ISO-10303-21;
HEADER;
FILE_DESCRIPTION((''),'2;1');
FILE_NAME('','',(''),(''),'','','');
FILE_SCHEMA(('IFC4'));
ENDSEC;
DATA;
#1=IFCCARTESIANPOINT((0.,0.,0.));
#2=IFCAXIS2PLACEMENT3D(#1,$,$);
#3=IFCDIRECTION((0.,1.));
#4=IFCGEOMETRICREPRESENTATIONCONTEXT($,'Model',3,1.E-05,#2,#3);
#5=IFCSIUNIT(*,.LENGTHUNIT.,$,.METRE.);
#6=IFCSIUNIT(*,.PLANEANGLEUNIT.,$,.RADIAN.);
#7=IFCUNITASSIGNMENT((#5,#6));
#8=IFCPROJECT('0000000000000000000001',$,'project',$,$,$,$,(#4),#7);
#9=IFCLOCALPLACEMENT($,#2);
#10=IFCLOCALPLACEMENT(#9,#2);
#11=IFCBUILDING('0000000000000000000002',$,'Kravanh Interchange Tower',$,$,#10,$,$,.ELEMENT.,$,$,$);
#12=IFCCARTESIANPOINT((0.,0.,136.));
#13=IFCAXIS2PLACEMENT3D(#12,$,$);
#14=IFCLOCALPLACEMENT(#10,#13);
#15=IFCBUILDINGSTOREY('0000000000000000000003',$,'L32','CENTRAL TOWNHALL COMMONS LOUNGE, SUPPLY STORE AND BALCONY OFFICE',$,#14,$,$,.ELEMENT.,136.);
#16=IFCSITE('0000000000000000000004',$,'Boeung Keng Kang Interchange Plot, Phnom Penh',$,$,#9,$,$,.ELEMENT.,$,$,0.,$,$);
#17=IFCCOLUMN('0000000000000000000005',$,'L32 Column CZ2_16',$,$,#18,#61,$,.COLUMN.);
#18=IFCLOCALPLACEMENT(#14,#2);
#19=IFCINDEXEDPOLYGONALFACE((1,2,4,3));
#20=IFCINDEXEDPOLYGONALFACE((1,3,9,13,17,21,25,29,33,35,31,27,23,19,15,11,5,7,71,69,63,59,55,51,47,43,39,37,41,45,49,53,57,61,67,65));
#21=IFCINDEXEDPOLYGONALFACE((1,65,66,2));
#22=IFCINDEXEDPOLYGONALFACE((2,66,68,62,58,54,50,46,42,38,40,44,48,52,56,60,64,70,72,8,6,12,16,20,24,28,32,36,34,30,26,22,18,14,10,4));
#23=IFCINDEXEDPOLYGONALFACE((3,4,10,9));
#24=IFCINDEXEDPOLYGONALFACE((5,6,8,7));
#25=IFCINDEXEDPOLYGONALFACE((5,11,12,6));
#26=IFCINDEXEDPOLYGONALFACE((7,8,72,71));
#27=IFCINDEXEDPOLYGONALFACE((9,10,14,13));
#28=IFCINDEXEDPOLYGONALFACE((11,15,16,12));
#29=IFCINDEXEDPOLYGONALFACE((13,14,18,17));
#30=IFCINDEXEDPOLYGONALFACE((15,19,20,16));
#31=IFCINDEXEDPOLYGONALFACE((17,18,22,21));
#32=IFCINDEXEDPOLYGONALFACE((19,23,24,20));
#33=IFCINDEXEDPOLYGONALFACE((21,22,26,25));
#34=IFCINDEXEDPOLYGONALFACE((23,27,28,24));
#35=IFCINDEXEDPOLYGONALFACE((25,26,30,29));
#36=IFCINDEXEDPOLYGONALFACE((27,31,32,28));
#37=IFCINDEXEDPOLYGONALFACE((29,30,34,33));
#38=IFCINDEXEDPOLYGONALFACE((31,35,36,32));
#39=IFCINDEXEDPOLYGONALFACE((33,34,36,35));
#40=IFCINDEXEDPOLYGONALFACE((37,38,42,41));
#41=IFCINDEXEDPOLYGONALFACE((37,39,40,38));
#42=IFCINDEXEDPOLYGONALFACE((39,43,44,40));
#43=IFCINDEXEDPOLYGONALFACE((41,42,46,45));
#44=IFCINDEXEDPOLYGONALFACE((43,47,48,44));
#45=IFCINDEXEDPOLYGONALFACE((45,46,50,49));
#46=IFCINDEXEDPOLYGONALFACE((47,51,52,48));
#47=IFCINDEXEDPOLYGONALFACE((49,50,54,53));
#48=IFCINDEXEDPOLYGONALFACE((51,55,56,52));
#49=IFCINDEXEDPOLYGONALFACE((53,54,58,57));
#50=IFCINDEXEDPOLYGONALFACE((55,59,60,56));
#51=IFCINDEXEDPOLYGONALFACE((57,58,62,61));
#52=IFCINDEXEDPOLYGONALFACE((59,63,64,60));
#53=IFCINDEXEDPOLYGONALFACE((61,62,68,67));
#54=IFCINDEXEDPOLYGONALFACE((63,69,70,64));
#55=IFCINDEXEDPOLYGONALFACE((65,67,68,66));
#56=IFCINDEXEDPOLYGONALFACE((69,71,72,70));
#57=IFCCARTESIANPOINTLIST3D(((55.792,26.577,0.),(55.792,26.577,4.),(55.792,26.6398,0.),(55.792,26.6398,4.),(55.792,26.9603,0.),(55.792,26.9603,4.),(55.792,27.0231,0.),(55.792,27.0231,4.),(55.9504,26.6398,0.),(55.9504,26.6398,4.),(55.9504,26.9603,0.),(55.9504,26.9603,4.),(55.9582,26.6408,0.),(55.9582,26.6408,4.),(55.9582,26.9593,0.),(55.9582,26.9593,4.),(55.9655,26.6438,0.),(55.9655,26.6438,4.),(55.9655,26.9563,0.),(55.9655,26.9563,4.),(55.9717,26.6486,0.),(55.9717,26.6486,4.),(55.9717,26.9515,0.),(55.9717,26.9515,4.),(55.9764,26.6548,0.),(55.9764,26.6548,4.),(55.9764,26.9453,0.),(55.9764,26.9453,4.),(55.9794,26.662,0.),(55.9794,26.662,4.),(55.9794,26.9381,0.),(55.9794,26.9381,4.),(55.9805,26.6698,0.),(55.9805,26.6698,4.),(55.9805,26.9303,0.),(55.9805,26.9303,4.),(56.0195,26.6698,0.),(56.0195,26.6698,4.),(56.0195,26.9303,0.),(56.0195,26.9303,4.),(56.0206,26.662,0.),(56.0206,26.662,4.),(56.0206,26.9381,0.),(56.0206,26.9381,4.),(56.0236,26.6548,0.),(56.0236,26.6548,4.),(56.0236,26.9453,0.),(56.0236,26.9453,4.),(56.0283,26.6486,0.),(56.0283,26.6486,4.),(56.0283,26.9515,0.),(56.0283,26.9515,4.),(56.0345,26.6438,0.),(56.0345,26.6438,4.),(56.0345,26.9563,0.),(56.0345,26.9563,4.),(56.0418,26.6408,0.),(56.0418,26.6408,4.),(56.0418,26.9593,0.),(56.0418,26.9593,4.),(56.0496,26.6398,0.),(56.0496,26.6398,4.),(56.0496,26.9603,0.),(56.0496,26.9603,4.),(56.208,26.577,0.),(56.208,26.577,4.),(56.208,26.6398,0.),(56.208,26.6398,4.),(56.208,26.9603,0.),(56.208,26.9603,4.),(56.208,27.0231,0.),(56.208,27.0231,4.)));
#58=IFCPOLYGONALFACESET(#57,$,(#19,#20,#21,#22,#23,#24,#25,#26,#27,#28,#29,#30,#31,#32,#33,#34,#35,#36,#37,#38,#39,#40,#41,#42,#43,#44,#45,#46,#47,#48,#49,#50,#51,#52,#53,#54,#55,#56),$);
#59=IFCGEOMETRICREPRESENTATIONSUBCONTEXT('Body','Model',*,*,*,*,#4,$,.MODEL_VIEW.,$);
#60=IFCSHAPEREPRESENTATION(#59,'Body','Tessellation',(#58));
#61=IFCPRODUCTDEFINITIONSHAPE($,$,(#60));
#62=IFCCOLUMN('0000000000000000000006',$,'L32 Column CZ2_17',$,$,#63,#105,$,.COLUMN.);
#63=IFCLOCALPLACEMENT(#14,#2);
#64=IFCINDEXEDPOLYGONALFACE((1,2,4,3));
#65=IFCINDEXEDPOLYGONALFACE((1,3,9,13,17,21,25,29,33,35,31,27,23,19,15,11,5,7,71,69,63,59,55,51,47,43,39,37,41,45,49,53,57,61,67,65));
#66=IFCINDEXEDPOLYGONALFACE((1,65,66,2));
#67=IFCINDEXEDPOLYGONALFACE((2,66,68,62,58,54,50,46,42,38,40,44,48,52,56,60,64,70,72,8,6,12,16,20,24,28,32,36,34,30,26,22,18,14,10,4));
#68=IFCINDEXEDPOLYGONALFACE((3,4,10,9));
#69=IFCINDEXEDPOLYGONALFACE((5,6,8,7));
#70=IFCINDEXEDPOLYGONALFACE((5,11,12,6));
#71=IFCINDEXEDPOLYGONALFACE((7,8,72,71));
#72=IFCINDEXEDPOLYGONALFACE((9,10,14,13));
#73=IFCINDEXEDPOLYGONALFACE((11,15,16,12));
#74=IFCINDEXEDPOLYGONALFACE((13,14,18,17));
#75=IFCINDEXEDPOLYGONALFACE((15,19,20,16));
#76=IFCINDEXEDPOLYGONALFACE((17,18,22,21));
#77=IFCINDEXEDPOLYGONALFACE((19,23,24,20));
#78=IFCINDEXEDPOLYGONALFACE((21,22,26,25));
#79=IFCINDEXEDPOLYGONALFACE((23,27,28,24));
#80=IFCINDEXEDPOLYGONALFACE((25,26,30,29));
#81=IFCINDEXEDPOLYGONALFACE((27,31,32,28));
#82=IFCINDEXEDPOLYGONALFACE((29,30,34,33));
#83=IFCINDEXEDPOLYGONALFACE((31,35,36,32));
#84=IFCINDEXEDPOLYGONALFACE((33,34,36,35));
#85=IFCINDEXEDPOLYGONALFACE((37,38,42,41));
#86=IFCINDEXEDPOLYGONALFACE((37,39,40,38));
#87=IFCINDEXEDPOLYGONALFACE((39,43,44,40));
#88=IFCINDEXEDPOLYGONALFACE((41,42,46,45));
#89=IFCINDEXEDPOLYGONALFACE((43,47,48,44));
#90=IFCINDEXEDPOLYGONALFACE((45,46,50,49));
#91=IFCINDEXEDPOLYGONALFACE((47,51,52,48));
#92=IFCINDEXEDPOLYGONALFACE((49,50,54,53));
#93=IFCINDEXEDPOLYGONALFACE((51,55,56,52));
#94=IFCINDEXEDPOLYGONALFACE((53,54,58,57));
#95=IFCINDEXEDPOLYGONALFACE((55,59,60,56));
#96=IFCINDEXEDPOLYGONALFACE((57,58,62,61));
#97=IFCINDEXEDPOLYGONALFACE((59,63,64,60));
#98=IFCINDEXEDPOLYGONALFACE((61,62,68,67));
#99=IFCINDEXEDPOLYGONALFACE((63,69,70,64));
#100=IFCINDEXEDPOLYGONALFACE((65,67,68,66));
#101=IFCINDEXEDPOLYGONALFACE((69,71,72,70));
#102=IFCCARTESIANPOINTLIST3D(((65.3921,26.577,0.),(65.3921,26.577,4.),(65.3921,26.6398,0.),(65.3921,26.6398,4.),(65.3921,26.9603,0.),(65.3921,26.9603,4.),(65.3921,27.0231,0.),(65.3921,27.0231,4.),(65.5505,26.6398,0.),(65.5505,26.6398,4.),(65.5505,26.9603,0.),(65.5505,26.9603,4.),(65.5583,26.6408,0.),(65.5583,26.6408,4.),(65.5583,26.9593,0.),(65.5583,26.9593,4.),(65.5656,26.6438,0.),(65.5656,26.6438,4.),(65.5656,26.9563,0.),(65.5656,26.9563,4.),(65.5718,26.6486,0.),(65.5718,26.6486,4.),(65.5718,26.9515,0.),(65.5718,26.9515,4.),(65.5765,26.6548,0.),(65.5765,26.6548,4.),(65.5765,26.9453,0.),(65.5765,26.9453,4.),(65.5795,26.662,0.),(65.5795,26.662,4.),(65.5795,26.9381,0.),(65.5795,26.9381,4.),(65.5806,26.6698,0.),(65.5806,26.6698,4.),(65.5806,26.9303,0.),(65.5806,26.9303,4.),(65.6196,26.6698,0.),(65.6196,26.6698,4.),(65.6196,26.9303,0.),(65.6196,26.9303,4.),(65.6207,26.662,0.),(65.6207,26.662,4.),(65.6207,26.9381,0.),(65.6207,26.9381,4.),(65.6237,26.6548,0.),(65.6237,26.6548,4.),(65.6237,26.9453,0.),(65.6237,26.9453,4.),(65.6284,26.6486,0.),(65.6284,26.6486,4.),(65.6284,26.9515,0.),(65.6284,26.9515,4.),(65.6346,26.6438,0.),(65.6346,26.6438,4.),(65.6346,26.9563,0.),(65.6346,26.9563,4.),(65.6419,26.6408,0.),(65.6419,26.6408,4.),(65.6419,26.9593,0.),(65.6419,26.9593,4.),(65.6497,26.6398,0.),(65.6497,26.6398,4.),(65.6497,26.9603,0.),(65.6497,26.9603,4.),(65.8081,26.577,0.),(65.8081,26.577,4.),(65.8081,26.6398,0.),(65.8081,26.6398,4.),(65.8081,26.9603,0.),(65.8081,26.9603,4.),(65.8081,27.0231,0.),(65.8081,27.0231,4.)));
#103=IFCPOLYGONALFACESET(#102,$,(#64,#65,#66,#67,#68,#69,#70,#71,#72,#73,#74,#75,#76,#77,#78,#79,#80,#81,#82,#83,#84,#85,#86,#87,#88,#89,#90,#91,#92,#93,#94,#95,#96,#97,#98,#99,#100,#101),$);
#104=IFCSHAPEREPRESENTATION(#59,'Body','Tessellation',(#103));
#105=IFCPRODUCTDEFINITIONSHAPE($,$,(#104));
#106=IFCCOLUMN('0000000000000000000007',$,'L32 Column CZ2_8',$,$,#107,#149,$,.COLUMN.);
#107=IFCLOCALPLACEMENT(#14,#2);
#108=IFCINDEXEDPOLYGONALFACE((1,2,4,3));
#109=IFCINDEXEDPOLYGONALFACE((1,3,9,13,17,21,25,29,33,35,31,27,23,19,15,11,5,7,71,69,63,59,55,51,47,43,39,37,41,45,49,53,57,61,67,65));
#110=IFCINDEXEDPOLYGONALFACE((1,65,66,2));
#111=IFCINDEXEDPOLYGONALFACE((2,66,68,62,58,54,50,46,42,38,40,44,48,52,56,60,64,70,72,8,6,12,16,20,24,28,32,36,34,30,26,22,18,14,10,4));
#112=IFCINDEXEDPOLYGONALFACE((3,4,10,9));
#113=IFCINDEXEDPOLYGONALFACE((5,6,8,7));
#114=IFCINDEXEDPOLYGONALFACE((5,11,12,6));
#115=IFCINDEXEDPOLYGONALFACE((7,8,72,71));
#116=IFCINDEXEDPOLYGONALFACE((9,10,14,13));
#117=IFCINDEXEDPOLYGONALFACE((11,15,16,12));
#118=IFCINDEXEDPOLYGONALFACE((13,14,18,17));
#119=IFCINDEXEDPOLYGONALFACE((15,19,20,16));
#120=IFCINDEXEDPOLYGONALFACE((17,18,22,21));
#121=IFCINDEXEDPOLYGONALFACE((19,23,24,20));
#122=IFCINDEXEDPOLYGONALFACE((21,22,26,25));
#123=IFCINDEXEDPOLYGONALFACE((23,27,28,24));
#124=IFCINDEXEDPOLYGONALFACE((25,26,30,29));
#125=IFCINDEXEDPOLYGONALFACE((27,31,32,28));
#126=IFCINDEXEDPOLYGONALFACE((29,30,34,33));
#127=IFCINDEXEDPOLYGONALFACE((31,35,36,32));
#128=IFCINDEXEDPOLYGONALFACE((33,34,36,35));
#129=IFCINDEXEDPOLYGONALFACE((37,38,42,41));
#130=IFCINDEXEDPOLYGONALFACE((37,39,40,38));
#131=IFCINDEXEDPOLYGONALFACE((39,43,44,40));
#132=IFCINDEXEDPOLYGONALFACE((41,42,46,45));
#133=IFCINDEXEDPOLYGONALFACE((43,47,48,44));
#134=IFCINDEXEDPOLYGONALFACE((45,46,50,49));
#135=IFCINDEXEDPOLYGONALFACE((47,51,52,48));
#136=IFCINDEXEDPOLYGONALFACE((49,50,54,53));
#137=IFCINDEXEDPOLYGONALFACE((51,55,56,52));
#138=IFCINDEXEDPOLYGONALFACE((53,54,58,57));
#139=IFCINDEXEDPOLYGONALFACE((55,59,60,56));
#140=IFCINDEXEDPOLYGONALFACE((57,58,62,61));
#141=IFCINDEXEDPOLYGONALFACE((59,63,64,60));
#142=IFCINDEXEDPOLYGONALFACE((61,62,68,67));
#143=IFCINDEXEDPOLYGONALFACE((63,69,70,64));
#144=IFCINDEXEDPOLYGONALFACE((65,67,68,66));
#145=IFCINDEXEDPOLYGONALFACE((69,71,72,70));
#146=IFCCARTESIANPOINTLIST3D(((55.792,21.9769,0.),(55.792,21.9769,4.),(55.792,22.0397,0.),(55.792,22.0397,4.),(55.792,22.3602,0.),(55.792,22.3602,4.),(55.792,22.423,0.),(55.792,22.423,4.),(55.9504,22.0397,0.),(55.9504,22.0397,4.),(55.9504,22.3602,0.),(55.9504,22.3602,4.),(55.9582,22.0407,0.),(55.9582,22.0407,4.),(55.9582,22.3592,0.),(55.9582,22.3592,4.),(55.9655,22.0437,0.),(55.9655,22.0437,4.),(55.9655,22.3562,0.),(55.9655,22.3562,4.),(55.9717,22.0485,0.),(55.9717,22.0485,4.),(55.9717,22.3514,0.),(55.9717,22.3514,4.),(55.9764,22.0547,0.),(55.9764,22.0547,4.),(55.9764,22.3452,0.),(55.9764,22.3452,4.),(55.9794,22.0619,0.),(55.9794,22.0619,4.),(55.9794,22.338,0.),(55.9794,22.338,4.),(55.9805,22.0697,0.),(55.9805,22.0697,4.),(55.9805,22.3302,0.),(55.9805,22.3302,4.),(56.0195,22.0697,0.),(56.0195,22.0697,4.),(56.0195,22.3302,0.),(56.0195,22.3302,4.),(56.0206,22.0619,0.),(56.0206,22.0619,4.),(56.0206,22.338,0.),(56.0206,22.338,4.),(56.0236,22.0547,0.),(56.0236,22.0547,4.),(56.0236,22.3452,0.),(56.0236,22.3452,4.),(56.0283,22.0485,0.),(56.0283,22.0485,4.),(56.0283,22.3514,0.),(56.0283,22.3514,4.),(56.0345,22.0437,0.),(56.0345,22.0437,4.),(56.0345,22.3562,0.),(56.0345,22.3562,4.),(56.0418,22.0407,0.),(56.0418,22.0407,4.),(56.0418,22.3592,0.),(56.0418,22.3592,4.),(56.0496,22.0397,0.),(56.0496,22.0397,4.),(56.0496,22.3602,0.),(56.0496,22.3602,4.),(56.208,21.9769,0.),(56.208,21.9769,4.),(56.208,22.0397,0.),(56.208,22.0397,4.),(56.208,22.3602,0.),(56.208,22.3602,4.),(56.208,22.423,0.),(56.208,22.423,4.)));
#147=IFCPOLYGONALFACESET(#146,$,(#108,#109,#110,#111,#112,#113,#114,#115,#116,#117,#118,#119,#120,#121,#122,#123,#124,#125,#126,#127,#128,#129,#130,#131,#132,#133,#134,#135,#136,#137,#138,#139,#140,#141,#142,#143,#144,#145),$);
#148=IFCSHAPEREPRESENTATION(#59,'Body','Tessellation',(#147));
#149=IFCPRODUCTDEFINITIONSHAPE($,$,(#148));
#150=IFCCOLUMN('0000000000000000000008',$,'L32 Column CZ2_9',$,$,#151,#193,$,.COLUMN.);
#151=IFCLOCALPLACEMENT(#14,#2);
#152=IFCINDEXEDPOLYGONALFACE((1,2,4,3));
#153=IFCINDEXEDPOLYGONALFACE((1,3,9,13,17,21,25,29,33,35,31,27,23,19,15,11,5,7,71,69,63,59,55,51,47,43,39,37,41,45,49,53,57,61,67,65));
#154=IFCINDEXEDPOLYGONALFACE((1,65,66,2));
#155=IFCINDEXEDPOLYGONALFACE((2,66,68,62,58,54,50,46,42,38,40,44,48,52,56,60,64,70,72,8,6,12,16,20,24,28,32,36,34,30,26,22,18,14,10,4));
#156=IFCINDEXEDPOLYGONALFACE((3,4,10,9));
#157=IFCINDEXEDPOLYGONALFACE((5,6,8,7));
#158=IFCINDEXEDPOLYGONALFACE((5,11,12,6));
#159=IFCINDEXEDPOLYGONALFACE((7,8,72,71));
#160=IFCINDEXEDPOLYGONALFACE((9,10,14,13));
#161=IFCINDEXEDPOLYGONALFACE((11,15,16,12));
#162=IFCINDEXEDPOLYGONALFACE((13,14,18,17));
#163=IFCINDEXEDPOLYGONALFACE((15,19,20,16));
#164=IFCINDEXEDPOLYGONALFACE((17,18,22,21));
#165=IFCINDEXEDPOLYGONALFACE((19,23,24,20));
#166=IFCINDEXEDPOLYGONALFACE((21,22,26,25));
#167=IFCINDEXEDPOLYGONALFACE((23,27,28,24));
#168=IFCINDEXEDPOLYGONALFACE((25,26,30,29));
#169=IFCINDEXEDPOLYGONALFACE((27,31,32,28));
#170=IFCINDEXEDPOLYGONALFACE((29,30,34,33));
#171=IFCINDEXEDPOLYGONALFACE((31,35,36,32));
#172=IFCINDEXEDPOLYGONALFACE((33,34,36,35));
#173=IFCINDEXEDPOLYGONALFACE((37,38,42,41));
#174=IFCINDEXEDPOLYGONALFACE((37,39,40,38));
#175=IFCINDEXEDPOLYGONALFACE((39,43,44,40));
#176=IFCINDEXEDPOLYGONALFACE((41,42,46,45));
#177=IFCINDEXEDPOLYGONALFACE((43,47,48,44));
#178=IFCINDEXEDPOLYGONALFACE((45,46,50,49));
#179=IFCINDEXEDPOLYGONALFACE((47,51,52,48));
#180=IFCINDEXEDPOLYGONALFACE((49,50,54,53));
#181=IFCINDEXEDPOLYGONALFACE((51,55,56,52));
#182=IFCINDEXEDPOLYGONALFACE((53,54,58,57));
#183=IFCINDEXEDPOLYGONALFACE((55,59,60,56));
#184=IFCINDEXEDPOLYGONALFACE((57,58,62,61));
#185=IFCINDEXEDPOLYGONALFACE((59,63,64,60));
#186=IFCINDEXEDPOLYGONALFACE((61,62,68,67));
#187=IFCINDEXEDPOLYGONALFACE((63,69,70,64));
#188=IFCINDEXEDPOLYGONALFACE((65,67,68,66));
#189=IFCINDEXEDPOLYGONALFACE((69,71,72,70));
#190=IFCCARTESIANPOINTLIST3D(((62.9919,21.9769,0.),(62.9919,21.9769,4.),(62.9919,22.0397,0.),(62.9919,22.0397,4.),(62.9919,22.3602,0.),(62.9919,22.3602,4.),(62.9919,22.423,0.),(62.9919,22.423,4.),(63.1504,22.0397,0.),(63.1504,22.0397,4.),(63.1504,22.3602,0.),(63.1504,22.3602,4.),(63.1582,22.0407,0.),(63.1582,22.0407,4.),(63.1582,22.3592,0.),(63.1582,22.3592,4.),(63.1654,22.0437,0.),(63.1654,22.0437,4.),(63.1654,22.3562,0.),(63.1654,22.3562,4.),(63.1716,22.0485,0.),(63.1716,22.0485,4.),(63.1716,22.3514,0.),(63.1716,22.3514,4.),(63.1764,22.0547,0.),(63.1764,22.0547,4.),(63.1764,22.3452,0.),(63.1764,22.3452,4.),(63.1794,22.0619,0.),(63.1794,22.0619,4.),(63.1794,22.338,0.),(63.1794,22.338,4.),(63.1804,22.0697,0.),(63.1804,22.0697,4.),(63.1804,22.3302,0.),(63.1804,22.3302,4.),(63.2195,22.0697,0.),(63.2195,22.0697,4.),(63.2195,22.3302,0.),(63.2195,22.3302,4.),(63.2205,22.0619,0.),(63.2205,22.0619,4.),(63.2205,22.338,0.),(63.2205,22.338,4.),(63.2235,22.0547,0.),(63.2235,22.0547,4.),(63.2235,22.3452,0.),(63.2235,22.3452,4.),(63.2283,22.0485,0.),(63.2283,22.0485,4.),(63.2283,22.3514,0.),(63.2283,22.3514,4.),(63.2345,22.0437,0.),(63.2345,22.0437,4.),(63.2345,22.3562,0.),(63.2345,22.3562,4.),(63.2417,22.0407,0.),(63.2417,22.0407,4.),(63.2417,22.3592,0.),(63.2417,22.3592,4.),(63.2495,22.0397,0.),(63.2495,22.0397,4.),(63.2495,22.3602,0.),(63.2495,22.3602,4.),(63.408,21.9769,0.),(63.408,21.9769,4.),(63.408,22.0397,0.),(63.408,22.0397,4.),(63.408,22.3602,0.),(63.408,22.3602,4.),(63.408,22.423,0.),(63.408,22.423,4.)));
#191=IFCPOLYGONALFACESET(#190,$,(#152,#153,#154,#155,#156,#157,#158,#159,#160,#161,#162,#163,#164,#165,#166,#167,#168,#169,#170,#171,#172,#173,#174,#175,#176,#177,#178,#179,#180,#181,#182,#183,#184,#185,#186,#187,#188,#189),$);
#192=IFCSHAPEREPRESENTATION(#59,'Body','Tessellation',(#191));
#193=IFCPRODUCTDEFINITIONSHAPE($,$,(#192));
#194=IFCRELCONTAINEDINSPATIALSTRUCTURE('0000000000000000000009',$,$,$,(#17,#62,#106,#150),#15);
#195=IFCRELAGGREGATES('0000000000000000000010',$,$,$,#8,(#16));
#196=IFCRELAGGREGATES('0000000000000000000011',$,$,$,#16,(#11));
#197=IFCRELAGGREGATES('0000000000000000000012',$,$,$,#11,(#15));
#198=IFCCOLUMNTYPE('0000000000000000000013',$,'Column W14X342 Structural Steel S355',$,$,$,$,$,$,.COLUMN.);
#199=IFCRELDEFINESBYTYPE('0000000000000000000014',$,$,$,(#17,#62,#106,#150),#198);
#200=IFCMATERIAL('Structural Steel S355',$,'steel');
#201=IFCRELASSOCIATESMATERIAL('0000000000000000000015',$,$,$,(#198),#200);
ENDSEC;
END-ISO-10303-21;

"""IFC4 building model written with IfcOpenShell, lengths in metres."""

from ifc_helpers import new_model, si_unit, direction, frame, origin, origin_2d, place, context, subcontext, project, spatial, i_section, extrude, material, material_profile, profile_set, type_object, element, save


model = new_model("IFC4")

# Units and contexts
model_context = context("Model", 3, precision=1e-05, world=origin(), true_north=direction((0.0, 1.0)))
body_context = subcontext(model_context, "Body", "Model", "MODEL_VIEW")
ifc_project = project(units=[si_unit("LENGTHUNIT", "METRE"), si_unit("PLANEANGLEUNIT", "RADIAN")], contexts=[model_context])

# Site, building, storey
site_placement = place(None, origin())
site = spatial("IfcSite", under=ifc_project, at=site_placement, Name="Boeung Keng Kang Interchange Plot, Phnom Penh", CompositionType="ELEMENT", RefElevation=0.0)
building_placement = place(site_placement, origin())
building = spatial("IfcBuilding", under=site, at=building_placement, Name="Kravanh Interchange Tower", CompositionType="ELEMENT")
storey_placement = place(building_placement, frame((0.0, 0.0, 136.0)))
storey = spatial("IfcBuildingStorey", under=building, at=storey_placement, Name="L32", Description="CENTRAL TOWNHALL COMMONS LOUNGE, SUPPLY STORE AND BALCONY OFFICE", CompositionType="ELEMENT", Elevation=136.0)

# Columns
ifc_material_1 = material(Name="Structural Steel S355", Category="steel")
ifc_material_profile_1 = material_profile(ifc_material_1, i_section(OverallWidth=0.416, OverallDepth=0.446, WebThickness=0.0391, FlangeThickness=0.0627, FilletRadius=0.03, at=origin_2d()), Name="W14X342")
ifc_profile_set_1 = profile_set([ifc_material_profile_1], Name="Structural Steel S355")
column_type = type_object("IfcColumnType", Name="Column W14X342 Structural Steel S355", PredefinedType="COLUMN", material=ifc_profile_set_1)
for number, where, z_axis, x_axis, name in (
    (1, (56.0, 26.8, 0.0), (0.0, 0.0, 1.0), (1.0, 0.0, 0.0), "L32 Column CZ2_16"),
    (2, (65.6001, 26.8, 0.0), (0.0, 0.0, 1.0), (1.0, 0.0, 0.0), "L32 Column CZ2_17"),
    (3, (56.0, 22.2, 0.0), (0.0, 0.0, 1.0), (1.0, 0.0, 0.0), "L32 Column CZ2_8"),
    (4, (63.2, 22.2, 0.0), (0.0, 0.0, 1.0), (1.0, 0.0, 0.0), "L32 Column CZ2_9"),
):
    element("IfcColumn", number, at=place(storey_placement, frame(where, z_axis=z_axis, x_axis=x_axis)), inside=storey, type_object=column_type, Name=name, PredefinedType="COLUMN", context=body_context, shape_type="SweptSolid", body=[
        extrude(i_section(OverallWidth=0.416, OverallDepth=0.446, WebThickness=0.0391, FlangeThickness=0.0627, FilletRadius=0.03, at=origin_2d()), origin(), (0.0, 0.0, 1.0), 4.0),
    ])

save(model, "model.ifc")
